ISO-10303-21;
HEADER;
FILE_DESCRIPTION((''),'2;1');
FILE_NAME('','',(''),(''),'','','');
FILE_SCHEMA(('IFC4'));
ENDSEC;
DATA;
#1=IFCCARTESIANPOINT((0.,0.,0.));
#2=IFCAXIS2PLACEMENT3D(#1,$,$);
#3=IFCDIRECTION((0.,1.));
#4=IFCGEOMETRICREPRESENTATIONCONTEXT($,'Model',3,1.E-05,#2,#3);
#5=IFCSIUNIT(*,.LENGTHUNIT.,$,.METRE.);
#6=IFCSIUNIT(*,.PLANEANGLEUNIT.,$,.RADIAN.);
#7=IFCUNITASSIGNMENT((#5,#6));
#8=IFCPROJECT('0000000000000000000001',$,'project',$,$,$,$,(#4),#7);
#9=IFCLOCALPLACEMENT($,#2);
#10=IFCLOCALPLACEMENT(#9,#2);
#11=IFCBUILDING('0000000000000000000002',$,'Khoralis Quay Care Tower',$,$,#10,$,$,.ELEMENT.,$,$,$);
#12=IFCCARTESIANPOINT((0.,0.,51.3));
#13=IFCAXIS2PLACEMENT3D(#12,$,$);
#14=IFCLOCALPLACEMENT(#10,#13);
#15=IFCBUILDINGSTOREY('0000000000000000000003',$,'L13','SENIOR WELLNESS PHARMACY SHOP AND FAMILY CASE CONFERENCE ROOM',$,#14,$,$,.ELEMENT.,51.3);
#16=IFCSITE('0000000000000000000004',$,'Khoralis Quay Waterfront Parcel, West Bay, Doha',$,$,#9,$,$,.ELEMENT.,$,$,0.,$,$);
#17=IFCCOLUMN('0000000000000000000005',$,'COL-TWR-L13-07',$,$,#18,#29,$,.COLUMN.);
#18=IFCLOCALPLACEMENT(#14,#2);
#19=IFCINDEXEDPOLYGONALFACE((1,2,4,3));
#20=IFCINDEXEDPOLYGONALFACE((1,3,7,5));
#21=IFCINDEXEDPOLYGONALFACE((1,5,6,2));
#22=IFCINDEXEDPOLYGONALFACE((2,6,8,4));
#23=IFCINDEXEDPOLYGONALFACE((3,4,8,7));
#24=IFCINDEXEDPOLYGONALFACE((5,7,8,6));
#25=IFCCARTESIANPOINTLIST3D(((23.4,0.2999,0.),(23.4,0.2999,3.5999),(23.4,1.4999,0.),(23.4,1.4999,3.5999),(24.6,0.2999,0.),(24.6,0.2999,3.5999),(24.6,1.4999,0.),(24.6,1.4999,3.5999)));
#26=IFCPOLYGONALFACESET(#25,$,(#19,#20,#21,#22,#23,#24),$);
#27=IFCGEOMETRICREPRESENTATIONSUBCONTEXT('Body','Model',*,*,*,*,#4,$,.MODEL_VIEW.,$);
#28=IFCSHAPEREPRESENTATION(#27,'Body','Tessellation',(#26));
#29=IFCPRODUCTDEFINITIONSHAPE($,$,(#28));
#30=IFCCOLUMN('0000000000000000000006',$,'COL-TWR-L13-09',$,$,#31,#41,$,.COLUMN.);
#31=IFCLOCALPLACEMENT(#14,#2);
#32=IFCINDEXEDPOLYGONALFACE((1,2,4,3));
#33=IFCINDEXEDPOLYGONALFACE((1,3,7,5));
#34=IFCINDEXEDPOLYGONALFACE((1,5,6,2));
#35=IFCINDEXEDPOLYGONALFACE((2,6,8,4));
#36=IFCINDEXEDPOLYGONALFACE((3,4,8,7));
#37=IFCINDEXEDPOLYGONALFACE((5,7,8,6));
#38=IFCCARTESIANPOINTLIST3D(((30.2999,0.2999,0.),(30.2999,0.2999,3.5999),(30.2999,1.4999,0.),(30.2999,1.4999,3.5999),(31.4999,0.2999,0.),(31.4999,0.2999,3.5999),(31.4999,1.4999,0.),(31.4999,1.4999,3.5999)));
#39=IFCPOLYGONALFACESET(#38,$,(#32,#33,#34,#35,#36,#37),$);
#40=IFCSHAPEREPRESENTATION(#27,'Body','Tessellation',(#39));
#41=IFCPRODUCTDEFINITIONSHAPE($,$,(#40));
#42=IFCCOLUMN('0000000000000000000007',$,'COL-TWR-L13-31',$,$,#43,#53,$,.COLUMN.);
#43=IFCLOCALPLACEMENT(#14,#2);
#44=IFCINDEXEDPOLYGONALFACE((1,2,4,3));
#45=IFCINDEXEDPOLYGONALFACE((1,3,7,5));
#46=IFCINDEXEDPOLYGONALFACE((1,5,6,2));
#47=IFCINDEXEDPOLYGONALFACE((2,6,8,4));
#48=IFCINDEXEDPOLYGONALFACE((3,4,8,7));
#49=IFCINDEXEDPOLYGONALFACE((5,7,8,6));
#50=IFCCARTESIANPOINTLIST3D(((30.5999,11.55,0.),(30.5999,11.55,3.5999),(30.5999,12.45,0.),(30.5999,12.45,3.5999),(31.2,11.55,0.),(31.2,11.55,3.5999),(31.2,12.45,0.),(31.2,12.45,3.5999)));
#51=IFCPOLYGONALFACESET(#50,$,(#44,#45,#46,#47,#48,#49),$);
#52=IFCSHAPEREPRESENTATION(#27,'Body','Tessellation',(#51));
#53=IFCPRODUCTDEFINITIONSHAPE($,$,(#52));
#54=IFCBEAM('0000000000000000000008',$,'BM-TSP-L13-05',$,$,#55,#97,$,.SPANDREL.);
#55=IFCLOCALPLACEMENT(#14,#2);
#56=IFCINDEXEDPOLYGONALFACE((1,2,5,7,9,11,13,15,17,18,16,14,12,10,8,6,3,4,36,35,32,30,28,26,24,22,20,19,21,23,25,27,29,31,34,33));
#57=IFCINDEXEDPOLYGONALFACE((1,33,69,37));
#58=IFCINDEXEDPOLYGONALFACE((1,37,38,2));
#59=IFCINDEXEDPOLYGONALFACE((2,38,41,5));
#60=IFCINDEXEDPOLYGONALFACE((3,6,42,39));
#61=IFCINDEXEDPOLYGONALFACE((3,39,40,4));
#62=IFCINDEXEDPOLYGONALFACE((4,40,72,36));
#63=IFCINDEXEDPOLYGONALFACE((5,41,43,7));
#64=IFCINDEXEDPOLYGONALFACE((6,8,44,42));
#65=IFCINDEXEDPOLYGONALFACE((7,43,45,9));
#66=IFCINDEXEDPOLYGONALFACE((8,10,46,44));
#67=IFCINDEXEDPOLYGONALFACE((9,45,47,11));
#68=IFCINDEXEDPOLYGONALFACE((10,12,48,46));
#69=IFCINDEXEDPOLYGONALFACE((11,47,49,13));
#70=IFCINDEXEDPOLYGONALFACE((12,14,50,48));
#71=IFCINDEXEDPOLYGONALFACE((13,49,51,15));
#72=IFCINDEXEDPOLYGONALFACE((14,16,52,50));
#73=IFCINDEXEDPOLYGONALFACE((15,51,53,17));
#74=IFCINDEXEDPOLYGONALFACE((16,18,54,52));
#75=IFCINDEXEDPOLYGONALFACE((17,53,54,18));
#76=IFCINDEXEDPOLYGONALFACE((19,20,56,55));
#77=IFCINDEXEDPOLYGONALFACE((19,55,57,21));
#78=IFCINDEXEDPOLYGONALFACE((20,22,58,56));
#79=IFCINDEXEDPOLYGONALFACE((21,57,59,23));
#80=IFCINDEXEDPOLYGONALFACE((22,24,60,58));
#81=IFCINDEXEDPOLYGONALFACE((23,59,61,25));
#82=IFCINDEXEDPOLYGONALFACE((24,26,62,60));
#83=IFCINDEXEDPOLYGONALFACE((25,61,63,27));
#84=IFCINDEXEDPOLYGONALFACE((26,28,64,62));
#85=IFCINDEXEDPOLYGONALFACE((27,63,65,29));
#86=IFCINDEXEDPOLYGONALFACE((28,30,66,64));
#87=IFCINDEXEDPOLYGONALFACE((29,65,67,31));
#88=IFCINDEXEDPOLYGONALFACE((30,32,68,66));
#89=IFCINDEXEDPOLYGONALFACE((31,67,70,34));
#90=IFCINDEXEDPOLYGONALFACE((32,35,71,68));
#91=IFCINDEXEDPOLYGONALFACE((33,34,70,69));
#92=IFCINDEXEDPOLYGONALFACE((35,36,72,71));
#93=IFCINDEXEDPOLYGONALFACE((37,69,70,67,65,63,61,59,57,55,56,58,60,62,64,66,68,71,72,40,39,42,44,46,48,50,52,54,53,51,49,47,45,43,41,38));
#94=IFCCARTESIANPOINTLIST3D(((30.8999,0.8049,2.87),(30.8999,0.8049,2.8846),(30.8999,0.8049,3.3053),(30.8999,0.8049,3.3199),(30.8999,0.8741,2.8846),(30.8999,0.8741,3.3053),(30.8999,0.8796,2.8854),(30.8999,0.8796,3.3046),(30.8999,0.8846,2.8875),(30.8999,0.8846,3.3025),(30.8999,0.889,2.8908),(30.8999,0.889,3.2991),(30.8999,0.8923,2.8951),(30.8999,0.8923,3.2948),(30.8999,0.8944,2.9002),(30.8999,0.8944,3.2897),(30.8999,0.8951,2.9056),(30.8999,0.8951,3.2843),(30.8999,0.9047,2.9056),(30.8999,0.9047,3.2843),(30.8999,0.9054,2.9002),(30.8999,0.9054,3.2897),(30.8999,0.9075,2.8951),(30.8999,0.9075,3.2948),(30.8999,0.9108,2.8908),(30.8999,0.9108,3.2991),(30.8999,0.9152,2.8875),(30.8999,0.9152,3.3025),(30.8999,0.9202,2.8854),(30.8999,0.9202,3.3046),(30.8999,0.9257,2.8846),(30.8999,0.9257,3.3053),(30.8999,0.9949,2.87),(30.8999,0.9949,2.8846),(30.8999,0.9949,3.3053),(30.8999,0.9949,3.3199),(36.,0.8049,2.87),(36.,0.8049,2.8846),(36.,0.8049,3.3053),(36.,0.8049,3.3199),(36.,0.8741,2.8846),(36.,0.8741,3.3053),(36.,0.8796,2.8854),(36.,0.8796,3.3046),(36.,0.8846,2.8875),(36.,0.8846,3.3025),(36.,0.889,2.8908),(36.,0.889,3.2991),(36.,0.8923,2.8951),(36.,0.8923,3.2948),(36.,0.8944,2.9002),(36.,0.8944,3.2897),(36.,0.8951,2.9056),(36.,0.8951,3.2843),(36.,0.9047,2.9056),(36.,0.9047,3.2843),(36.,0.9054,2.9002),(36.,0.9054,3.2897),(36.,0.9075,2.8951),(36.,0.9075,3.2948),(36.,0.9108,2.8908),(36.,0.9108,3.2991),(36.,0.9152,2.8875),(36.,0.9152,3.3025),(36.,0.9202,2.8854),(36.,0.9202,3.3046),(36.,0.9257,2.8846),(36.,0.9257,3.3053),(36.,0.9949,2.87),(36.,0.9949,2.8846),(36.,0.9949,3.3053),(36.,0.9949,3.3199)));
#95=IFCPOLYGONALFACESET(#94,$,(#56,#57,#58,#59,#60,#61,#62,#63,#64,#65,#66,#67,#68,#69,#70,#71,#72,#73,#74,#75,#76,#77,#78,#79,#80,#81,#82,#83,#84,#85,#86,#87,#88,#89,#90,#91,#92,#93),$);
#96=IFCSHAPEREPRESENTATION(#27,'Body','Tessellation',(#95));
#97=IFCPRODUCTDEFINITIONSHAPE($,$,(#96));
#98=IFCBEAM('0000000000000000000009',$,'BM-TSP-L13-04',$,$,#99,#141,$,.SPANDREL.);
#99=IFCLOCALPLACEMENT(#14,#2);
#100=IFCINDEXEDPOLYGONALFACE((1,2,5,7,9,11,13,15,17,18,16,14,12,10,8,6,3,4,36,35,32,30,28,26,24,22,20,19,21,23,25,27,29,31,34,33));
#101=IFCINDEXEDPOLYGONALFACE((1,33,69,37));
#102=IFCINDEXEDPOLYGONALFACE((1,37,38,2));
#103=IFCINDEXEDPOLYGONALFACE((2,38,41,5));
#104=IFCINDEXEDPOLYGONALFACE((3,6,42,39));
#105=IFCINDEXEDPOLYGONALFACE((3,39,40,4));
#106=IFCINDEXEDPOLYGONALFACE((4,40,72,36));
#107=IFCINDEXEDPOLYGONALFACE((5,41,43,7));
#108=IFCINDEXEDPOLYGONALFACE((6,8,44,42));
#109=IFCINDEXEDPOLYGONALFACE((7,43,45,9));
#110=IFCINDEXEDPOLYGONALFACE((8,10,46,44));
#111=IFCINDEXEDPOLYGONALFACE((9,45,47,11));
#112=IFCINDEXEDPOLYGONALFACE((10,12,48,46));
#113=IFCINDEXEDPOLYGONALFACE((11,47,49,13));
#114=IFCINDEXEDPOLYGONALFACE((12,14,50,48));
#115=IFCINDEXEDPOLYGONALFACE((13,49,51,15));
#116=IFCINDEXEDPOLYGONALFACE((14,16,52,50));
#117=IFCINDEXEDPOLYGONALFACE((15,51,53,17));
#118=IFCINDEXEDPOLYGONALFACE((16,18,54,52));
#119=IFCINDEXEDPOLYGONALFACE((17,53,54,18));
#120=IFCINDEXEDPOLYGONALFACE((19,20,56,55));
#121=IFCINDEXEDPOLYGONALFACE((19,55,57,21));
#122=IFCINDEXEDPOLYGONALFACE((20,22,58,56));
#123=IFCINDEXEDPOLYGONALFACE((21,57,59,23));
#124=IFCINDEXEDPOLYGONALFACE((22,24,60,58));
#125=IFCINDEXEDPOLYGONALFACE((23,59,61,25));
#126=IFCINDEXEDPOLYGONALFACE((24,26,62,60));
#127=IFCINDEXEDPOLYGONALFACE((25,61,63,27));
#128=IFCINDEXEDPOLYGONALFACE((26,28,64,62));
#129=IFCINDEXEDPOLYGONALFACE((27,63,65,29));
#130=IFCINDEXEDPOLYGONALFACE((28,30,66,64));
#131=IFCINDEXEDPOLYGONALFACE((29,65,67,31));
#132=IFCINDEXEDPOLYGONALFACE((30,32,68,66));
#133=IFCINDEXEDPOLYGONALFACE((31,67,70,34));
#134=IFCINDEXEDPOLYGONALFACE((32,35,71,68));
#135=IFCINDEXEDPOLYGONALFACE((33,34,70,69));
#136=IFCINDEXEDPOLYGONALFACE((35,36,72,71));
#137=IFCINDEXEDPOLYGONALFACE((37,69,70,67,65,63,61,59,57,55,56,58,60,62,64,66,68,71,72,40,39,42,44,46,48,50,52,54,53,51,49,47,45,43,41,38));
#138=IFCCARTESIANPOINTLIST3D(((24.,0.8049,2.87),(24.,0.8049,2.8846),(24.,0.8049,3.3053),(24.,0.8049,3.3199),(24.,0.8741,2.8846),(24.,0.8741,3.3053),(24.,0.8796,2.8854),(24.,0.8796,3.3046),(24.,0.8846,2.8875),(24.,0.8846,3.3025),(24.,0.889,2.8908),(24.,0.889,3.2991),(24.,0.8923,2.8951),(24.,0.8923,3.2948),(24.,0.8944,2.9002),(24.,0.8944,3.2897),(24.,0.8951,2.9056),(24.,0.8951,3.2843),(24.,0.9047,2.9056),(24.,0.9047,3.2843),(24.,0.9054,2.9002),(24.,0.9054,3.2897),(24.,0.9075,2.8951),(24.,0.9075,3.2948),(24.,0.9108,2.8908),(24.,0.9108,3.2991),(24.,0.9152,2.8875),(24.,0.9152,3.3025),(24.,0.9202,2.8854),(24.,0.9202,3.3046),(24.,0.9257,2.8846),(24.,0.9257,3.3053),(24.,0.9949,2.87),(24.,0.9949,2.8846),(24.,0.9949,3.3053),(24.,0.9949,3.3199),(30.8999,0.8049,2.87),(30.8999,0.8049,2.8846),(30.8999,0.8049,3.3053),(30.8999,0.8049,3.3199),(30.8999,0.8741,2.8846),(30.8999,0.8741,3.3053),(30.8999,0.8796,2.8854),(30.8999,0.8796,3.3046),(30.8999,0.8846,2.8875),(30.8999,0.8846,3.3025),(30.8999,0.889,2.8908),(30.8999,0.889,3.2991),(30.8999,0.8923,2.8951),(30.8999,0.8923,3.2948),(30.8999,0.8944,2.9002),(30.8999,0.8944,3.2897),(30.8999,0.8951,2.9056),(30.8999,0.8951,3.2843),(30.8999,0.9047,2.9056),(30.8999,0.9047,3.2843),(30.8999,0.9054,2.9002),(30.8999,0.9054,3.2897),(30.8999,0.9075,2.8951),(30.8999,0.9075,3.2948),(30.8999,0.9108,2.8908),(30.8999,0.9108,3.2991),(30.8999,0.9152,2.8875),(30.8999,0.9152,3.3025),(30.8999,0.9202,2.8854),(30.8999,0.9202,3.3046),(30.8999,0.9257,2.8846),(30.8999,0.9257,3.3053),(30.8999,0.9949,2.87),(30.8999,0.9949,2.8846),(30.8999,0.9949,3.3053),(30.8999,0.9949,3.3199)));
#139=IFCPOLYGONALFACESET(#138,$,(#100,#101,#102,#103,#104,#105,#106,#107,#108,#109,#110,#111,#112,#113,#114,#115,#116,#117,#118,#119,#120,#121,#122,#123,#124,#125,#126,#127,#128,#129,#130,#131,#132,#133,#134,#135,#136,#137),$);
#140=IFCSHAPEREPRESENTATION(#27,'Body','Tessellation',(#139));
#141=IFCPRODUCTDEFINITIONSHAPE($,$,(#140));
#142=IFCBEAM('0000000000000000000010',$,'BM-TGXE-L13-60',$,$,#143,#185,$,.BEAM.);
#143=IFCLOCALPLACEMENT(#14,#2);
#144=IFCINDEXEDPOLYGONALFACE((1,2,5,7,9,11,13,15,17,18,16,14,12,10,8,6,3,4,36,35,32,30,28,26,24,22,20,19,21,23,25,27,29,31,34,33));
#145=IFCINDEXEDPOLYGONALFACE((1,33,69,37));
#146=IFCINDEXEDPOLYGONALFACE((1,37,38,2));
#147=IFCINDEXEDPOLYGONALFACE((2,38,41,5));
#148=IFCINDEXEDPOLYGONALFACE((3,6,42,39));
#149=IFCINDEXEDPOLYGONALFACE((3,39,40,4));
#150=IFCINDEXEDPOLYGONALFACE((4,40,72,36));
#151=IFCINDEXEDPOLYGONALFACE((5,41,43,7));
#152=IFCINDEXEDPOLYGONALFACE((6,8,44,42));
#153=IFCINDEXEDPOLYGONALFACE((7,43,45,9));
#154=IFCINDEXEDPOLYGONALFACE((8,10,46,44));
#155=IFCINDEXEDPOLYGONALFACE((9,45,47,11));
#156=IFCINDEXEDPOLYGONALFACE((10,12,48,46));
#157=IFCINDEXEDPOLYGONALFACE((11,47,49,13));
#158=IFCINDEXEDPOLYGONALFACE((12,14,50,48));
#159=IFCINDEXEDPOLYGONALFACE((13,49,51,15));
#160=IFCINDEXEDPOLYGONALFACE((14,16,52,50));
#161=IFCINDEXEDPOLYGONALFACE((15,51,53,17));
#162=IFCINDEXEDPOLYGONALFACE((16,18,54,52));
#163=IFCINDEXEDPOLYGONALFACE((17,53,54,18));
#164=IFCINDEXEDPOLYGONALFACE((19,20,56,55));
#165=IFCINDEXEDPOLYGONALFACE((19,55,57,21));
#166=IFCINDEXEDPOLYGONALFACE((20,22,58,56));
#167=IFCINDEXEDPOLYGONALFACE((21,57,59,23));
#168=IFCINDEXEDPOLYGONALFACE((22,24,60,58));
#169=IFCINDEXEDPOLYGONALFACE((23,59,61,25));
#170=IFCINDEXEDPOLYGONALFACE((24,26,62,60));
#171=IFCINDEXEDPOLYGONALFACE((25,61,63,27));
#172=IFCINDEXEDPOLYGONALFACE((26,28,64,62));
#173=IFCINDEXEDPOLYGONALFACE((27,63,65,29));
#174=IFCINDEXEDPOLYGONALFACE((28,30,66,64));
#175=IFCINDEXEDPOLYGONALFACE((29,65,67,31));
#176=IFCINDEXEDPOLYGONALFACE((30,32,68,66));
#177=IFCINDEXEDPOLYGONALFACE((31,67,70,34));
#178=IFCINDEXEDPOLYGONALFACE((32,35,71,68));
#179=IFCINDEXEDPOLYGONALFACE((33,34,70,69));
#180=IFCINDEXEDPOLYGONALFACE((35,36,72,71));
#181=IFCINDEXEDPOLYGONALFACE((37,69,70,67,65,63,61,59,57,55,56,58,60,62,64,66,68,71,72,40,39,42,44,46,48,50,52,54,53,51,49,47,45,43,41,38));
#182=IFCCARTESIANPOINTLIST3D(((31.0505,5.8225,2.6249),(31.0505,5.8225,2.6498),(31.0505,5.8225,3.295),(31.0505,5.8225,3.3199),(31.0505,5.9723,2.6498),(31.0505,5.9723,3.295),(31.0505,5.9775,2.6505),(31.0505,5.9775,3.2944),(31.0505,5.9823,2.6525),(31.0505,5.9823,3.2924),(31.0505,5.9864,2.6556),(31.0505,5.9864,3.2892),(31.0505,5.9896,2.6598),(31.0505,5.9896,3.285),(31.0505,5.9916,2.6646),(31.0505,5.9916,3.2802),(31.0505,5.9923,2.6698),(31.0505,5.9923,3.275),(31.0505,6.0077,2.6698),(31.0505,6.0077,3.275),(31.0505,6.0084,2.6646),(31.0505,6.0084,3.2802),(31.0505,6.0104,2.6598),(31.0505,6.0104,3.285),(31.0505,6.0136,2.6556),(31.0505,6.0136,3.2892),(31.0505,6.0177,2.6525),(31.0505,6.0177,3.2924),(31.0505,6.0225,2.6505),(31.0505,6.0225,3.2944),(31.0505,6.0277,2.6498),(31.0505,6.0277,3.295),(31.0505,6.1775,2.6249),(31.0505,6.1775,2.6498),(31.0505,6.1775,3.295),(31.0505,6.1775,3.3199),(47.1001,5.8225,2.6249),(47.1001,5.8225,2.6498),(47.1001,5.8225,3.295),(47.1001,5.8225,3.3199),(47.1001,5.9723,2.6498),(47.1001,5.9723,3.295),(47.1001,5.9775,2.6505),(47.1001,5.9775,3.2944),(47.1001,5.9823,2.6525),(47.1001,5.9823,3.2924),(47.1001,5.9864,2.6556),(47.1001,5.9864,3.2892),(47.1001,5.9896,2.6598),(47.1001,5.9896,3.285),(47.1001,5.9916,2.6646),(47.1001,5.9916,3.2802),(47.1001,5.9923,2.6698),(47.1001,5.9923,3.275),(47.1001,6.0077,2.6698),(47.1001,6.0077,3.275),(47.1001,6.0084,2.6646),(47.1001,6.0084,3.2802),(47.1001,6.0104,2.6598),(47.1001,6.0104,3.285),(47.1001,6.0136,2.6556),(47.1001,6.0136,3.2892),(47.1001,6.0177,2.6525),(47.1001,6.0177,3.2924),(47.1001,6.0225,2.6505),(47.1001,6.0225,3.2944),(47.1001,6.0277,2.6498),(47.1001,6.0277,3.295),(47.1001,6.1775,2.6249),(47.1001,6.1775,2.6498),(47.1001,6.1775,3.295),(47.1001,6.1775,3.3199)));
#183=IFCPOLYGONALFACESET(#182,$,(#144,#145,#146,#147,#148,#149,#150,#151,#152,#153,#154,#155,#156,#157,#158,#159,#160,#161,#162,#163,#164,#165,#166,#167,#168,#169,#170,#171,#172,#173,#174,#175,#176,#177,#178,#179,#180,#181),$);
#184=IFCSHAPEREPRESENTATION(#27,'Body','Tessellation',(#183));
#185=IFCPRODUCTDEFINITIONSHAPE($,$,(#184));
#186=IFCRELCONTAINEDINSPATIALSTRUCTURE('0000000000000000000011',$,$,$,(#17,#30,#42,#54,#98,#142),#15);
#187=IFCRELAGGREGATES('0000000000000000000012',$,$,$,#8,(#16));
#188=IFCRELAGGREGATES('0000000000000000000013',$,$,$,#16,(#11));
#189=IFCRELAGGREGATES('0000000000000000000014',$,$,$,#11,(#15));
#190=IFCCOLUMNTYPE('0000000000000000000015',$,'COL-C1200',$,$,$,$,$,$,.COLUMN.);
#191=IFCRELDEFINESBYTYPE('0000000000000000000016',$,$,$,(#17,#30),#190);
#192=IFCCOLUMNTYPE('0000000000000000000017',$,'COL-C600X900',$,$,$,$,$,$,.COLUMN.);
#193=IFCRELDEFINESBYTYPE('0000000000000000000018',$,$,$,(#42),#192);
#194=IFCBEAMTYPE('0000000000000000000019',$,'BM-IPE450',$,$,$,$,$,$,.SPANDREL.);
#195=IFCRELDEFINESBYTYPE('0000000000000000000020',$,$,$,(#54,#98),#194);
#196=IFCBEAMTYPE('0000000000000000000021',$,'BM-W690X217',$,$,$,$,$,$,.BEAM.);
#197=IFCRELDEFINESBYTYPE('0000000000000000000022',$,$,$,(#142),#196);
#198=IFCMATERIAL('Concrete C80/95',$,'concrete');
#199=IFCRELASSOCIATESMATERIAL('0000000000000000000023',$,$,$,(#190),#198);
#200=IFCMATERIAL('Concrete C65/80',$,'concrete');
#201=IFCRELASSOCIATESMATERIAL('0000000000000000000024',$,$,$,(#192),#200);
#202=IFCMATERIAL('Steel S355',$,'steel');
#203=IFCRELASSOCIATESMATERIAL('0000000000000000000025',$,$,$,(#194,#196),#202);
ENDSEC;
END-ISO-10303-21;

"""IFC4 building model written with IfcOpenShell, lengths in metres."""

from ifc_helpers import new_model, si_unit, direction, frame, origin, origin_2d, place, context, subcontext, project, spatial, rectangle, i_section, extrude, source, transform, mapped, material, material_profile, profile_set, type_object, element, save


model = new_model("IFC4")

# Units and contexts
model_context = context("Model", 3, precision=1e-05, world=origin(), true_north=direction((0.0, 1.0)))
body_context = subcontext(model_context, "Body", "Model", "MODEL_VIEW")
ifc_project = project(units=[si_unit("LENGTHUNIT", "METRE"), si_unit("PLANEANGLEUNIT", "RADIAN")], contexts=[model_context])

# Site, building, storey
site_placement = place(None, origin())
site = spatial("IfcSite", under=ifc_project, at=site_placement, Name="Khoralis Quay Waterfront Parcel, West Bay, Doha", CompositionType="ELEMENT", RefElevation=0.0)
building_placement = place(site_placement, origin())
building = spatial("IfcBuilding", under=site, at=building_placement, Name="Khoralis Quay Care Tower", CompositionType="ELEMENT")
storey_placement = place(building_placement, frame((0.0, 0.0, 51.3)))
storey = spatial("IfcBuildingStorey", under=building, at=storey_placement, Name="L13", Description="SENIOR WELLNESS PHARMACY SHOP AND FAMILY CASE CONFERENCE ROOM", CompositionType="ELEMENT", Elevation=51.3)

# Columns
ifc_material_1 = material(Name="Concrete C80/95", Category="concrete")
ifc_material_profile_1 = material_profile(ifc_material_1, rectangle(XDim=1.2, YDim=1.2, at=origin_2d()), Name="Concrete C80/95")
ifc_profile_set_1 = profile_set([ifc_material_profile_1], Name="Concrete C80/95")
column_type_1 = type_object("IfcColumnType", Name="COL-C1200", PredefinedType="COLUMN", material=ifc_profile_set_1)
shared_shape_1 = source(origin(), body_context, "Body", "SweptSolid", [
    extrude(rectangle(XDim=1.2, YDim=1.2, at=origin_2d()), origin(), (0.0, 0.0, 1.0), 3.5999),
])
for number, where, z_axis, x_axis, name in (
    (1, (24.0, 0.8999, 0.0), (0.0, 0.0, 1.0), (1.0, 0.0, 0.0), "COL-TWR-L13-07"),
    (2, (30.8999, 0.8999, 0.0), (0.0, 0.0, 1.0), (1.0, 0.0, 0.0), "COL-TWR-L13-09"),
):
    element("IfcColumn", number, at=place(storey_placement, frame(where, z_axis=z_axis, x_axis=x_axis)), inside=storey, type_object=column_type_1, Name=name, PredefinedType="COLUMN", context=body_context, shape_type="MappedRepresentation", body=[
        mapped(shared_shape_1, transform((0.0, 0.0, 0.0), scale=1.0)),
    ])
ifc_material_2 = material(Name="Concrete C65/80", Category="concrete")
ifc_material_profile_2 = material_profile(ifc_material_2, rectangle(XDim=0.6001, YDim=0.8999, at=origin_2d()), Name="Concrete C65/80")
ifc_profile_set_2 = profile_set([ifc_material_profile_2], Name="Concrete C65/80")
column_type_2 = type_object("IfcColumnType", Name="COL-C600X900", PredefinedType="COLUMN", material=ifc_profile_set_2)
shared_shape_2 = source(origin(), body_context, "Body", "SweptSolid", [
    extrude(rectangle(XDim=0.6001, YDim=0.8999, at=origin_2d()), origin(), (0.0, 0.0, 1.0), 3.5999),
])
column_placement = place(storey_placement, frame((30.8999, 12.0, 0.0), z_axis=(0.0, 0.0, 1.0), x_axis=(1.0, 0.0, 0.0)))
element("IfcColumn", 3, at=column_placement, inside=storey, type_object=column_type_2, Name="COL-TWR-L13-31", PredefinedType="COLUMN", context=body_context, shape_type="MappedRepresentation", body=[
    mapped(shared_shape_2, transform((0.0, 0.0, 0.0), scale=1.0)),
])

# Beams
ifc_material_3 = material(Name="Steel S355", Category="steel")
ifc_material_profile_3 = material_profile(ifc_material_3, i_section(OverallWidth=0.1899, OverallDepth=0.45, WebThickness=0.0095, FlangeThickness=0.0146, FilletRadius=0.021, at=origin_2d()), Name="Steel S355")
ifc_profile_set_3 = profile_set([ifc_material_profile_3], Name="Steel S355")
beam_type_1 = type_object("IfcBeamType", Name="BM-IPE450", PredefinedType="SPANDREL", material=ifc_profile_set_3)
shared_shape_3 = source(origin(), body_context, "Body", "SweptSolid", [
    extrude(i_section(OverallWidth=0.1899, OverallDepth=0.45, WebThickness=0.0095, FlangeThickness=0.0146, FilletRadius=0.021, at=origin_2d()), origin(), (0.0, 0.0, 1.0), 5.1001),
])
beam_1_placement = place(storey_placement, frame((30.8999, 0.8999, 3.095), z_axis=(1.0, 0.0, 0.0), x_axis=(0.0, 1.0, 0.0)))
element("IfcBeam", 4, at=beam_1_placement, inside=storey, type_object=beam_type_1, Name="BM-TSP-L13-05", PredefinedType="SPANDREL", context=body_context, shape_type="MappedRepresentation", body=[
    mapped(shared_shape_3, transform((0.0, 0.0, 0.0), scale=1.0)),
])
shared_shape_4 = source(origin(), body_context, "Body", "SweptSolid", [
    extrude(i_section(OverallWidth=0.1899, OverallDepth=0.45, WebThickness=0.0095, FlangeThickness=0.0146, FilletRadius=0.021, at=origin_2d()), origin(), (0.0, 0.0, 1.0), 6.8999),
])
beam_2_placement = place(storey_placement, frame((24.0, 0.8999, 3.095), z_axis=(1.0, 0.0, 0.0), x_axis=(0.0, 1.0, 0.0)))
element("IfcBeam", 5, at=beam_2_placement, inside=storey, type_object=beam_type_1, Name="BM-TSP-L13-04", PredefinedType="SPANDREL", context=body_context, shape_type="MappedRepresentation", body=[
    mapped(shared_shape_4, transform((0.0, 0.0, 0.0), scale=1.0)),
])
ifc_material_profile_4 = material_profile(ifc_material_3, i_section(OverallWidth=0.355, OverallDepth=0.6951, WebThickness=0.0154, FlangeThickness=0.0249, FilletRadius=0.02, at=origin_2d()), Name="Steel S355")
ifc_profile_set_4 = profile_set([ifc_material_profile_4], Name="Steel S355")
beam_type_2 = type_object("IfcBeamType", Name="BM-W690X217", PredefinedType="BEAM", material=ifc_profile_set_4)
shared_shape_5 = source(origin(), body_context, "Body", "SweptSolid", [
    extrude(i_section(OverallWidth=0.355, OverallDepth=0.6951, WebThickness=0.0154, FlangeThickness=0.0249, FilletRadius=0.02, at=origin_2d()), origin(), (0.0, 0.0, 1.0), 16.0496),
])
beam_3_placement = place(storey_placement, frame((31.0505, 6.0, 2.9724), z_axis=(1.0, 0.0, 0.0), x_axis=(0.0, 1.0, 0.0)))
element("IfcBeam", 6, at=beam_3_placement, inside=storey, type_object=beam_type_2, Name="BM-TGXE-L13-60", PredefinedType="BEAM", context=body_context, shape_type="MappedRepresentation", body=[
    mapped(shared_shape_5, transform((0.0, 0.0, 0.0), scale=1.0)),
])

save(model, "model.ifc")
